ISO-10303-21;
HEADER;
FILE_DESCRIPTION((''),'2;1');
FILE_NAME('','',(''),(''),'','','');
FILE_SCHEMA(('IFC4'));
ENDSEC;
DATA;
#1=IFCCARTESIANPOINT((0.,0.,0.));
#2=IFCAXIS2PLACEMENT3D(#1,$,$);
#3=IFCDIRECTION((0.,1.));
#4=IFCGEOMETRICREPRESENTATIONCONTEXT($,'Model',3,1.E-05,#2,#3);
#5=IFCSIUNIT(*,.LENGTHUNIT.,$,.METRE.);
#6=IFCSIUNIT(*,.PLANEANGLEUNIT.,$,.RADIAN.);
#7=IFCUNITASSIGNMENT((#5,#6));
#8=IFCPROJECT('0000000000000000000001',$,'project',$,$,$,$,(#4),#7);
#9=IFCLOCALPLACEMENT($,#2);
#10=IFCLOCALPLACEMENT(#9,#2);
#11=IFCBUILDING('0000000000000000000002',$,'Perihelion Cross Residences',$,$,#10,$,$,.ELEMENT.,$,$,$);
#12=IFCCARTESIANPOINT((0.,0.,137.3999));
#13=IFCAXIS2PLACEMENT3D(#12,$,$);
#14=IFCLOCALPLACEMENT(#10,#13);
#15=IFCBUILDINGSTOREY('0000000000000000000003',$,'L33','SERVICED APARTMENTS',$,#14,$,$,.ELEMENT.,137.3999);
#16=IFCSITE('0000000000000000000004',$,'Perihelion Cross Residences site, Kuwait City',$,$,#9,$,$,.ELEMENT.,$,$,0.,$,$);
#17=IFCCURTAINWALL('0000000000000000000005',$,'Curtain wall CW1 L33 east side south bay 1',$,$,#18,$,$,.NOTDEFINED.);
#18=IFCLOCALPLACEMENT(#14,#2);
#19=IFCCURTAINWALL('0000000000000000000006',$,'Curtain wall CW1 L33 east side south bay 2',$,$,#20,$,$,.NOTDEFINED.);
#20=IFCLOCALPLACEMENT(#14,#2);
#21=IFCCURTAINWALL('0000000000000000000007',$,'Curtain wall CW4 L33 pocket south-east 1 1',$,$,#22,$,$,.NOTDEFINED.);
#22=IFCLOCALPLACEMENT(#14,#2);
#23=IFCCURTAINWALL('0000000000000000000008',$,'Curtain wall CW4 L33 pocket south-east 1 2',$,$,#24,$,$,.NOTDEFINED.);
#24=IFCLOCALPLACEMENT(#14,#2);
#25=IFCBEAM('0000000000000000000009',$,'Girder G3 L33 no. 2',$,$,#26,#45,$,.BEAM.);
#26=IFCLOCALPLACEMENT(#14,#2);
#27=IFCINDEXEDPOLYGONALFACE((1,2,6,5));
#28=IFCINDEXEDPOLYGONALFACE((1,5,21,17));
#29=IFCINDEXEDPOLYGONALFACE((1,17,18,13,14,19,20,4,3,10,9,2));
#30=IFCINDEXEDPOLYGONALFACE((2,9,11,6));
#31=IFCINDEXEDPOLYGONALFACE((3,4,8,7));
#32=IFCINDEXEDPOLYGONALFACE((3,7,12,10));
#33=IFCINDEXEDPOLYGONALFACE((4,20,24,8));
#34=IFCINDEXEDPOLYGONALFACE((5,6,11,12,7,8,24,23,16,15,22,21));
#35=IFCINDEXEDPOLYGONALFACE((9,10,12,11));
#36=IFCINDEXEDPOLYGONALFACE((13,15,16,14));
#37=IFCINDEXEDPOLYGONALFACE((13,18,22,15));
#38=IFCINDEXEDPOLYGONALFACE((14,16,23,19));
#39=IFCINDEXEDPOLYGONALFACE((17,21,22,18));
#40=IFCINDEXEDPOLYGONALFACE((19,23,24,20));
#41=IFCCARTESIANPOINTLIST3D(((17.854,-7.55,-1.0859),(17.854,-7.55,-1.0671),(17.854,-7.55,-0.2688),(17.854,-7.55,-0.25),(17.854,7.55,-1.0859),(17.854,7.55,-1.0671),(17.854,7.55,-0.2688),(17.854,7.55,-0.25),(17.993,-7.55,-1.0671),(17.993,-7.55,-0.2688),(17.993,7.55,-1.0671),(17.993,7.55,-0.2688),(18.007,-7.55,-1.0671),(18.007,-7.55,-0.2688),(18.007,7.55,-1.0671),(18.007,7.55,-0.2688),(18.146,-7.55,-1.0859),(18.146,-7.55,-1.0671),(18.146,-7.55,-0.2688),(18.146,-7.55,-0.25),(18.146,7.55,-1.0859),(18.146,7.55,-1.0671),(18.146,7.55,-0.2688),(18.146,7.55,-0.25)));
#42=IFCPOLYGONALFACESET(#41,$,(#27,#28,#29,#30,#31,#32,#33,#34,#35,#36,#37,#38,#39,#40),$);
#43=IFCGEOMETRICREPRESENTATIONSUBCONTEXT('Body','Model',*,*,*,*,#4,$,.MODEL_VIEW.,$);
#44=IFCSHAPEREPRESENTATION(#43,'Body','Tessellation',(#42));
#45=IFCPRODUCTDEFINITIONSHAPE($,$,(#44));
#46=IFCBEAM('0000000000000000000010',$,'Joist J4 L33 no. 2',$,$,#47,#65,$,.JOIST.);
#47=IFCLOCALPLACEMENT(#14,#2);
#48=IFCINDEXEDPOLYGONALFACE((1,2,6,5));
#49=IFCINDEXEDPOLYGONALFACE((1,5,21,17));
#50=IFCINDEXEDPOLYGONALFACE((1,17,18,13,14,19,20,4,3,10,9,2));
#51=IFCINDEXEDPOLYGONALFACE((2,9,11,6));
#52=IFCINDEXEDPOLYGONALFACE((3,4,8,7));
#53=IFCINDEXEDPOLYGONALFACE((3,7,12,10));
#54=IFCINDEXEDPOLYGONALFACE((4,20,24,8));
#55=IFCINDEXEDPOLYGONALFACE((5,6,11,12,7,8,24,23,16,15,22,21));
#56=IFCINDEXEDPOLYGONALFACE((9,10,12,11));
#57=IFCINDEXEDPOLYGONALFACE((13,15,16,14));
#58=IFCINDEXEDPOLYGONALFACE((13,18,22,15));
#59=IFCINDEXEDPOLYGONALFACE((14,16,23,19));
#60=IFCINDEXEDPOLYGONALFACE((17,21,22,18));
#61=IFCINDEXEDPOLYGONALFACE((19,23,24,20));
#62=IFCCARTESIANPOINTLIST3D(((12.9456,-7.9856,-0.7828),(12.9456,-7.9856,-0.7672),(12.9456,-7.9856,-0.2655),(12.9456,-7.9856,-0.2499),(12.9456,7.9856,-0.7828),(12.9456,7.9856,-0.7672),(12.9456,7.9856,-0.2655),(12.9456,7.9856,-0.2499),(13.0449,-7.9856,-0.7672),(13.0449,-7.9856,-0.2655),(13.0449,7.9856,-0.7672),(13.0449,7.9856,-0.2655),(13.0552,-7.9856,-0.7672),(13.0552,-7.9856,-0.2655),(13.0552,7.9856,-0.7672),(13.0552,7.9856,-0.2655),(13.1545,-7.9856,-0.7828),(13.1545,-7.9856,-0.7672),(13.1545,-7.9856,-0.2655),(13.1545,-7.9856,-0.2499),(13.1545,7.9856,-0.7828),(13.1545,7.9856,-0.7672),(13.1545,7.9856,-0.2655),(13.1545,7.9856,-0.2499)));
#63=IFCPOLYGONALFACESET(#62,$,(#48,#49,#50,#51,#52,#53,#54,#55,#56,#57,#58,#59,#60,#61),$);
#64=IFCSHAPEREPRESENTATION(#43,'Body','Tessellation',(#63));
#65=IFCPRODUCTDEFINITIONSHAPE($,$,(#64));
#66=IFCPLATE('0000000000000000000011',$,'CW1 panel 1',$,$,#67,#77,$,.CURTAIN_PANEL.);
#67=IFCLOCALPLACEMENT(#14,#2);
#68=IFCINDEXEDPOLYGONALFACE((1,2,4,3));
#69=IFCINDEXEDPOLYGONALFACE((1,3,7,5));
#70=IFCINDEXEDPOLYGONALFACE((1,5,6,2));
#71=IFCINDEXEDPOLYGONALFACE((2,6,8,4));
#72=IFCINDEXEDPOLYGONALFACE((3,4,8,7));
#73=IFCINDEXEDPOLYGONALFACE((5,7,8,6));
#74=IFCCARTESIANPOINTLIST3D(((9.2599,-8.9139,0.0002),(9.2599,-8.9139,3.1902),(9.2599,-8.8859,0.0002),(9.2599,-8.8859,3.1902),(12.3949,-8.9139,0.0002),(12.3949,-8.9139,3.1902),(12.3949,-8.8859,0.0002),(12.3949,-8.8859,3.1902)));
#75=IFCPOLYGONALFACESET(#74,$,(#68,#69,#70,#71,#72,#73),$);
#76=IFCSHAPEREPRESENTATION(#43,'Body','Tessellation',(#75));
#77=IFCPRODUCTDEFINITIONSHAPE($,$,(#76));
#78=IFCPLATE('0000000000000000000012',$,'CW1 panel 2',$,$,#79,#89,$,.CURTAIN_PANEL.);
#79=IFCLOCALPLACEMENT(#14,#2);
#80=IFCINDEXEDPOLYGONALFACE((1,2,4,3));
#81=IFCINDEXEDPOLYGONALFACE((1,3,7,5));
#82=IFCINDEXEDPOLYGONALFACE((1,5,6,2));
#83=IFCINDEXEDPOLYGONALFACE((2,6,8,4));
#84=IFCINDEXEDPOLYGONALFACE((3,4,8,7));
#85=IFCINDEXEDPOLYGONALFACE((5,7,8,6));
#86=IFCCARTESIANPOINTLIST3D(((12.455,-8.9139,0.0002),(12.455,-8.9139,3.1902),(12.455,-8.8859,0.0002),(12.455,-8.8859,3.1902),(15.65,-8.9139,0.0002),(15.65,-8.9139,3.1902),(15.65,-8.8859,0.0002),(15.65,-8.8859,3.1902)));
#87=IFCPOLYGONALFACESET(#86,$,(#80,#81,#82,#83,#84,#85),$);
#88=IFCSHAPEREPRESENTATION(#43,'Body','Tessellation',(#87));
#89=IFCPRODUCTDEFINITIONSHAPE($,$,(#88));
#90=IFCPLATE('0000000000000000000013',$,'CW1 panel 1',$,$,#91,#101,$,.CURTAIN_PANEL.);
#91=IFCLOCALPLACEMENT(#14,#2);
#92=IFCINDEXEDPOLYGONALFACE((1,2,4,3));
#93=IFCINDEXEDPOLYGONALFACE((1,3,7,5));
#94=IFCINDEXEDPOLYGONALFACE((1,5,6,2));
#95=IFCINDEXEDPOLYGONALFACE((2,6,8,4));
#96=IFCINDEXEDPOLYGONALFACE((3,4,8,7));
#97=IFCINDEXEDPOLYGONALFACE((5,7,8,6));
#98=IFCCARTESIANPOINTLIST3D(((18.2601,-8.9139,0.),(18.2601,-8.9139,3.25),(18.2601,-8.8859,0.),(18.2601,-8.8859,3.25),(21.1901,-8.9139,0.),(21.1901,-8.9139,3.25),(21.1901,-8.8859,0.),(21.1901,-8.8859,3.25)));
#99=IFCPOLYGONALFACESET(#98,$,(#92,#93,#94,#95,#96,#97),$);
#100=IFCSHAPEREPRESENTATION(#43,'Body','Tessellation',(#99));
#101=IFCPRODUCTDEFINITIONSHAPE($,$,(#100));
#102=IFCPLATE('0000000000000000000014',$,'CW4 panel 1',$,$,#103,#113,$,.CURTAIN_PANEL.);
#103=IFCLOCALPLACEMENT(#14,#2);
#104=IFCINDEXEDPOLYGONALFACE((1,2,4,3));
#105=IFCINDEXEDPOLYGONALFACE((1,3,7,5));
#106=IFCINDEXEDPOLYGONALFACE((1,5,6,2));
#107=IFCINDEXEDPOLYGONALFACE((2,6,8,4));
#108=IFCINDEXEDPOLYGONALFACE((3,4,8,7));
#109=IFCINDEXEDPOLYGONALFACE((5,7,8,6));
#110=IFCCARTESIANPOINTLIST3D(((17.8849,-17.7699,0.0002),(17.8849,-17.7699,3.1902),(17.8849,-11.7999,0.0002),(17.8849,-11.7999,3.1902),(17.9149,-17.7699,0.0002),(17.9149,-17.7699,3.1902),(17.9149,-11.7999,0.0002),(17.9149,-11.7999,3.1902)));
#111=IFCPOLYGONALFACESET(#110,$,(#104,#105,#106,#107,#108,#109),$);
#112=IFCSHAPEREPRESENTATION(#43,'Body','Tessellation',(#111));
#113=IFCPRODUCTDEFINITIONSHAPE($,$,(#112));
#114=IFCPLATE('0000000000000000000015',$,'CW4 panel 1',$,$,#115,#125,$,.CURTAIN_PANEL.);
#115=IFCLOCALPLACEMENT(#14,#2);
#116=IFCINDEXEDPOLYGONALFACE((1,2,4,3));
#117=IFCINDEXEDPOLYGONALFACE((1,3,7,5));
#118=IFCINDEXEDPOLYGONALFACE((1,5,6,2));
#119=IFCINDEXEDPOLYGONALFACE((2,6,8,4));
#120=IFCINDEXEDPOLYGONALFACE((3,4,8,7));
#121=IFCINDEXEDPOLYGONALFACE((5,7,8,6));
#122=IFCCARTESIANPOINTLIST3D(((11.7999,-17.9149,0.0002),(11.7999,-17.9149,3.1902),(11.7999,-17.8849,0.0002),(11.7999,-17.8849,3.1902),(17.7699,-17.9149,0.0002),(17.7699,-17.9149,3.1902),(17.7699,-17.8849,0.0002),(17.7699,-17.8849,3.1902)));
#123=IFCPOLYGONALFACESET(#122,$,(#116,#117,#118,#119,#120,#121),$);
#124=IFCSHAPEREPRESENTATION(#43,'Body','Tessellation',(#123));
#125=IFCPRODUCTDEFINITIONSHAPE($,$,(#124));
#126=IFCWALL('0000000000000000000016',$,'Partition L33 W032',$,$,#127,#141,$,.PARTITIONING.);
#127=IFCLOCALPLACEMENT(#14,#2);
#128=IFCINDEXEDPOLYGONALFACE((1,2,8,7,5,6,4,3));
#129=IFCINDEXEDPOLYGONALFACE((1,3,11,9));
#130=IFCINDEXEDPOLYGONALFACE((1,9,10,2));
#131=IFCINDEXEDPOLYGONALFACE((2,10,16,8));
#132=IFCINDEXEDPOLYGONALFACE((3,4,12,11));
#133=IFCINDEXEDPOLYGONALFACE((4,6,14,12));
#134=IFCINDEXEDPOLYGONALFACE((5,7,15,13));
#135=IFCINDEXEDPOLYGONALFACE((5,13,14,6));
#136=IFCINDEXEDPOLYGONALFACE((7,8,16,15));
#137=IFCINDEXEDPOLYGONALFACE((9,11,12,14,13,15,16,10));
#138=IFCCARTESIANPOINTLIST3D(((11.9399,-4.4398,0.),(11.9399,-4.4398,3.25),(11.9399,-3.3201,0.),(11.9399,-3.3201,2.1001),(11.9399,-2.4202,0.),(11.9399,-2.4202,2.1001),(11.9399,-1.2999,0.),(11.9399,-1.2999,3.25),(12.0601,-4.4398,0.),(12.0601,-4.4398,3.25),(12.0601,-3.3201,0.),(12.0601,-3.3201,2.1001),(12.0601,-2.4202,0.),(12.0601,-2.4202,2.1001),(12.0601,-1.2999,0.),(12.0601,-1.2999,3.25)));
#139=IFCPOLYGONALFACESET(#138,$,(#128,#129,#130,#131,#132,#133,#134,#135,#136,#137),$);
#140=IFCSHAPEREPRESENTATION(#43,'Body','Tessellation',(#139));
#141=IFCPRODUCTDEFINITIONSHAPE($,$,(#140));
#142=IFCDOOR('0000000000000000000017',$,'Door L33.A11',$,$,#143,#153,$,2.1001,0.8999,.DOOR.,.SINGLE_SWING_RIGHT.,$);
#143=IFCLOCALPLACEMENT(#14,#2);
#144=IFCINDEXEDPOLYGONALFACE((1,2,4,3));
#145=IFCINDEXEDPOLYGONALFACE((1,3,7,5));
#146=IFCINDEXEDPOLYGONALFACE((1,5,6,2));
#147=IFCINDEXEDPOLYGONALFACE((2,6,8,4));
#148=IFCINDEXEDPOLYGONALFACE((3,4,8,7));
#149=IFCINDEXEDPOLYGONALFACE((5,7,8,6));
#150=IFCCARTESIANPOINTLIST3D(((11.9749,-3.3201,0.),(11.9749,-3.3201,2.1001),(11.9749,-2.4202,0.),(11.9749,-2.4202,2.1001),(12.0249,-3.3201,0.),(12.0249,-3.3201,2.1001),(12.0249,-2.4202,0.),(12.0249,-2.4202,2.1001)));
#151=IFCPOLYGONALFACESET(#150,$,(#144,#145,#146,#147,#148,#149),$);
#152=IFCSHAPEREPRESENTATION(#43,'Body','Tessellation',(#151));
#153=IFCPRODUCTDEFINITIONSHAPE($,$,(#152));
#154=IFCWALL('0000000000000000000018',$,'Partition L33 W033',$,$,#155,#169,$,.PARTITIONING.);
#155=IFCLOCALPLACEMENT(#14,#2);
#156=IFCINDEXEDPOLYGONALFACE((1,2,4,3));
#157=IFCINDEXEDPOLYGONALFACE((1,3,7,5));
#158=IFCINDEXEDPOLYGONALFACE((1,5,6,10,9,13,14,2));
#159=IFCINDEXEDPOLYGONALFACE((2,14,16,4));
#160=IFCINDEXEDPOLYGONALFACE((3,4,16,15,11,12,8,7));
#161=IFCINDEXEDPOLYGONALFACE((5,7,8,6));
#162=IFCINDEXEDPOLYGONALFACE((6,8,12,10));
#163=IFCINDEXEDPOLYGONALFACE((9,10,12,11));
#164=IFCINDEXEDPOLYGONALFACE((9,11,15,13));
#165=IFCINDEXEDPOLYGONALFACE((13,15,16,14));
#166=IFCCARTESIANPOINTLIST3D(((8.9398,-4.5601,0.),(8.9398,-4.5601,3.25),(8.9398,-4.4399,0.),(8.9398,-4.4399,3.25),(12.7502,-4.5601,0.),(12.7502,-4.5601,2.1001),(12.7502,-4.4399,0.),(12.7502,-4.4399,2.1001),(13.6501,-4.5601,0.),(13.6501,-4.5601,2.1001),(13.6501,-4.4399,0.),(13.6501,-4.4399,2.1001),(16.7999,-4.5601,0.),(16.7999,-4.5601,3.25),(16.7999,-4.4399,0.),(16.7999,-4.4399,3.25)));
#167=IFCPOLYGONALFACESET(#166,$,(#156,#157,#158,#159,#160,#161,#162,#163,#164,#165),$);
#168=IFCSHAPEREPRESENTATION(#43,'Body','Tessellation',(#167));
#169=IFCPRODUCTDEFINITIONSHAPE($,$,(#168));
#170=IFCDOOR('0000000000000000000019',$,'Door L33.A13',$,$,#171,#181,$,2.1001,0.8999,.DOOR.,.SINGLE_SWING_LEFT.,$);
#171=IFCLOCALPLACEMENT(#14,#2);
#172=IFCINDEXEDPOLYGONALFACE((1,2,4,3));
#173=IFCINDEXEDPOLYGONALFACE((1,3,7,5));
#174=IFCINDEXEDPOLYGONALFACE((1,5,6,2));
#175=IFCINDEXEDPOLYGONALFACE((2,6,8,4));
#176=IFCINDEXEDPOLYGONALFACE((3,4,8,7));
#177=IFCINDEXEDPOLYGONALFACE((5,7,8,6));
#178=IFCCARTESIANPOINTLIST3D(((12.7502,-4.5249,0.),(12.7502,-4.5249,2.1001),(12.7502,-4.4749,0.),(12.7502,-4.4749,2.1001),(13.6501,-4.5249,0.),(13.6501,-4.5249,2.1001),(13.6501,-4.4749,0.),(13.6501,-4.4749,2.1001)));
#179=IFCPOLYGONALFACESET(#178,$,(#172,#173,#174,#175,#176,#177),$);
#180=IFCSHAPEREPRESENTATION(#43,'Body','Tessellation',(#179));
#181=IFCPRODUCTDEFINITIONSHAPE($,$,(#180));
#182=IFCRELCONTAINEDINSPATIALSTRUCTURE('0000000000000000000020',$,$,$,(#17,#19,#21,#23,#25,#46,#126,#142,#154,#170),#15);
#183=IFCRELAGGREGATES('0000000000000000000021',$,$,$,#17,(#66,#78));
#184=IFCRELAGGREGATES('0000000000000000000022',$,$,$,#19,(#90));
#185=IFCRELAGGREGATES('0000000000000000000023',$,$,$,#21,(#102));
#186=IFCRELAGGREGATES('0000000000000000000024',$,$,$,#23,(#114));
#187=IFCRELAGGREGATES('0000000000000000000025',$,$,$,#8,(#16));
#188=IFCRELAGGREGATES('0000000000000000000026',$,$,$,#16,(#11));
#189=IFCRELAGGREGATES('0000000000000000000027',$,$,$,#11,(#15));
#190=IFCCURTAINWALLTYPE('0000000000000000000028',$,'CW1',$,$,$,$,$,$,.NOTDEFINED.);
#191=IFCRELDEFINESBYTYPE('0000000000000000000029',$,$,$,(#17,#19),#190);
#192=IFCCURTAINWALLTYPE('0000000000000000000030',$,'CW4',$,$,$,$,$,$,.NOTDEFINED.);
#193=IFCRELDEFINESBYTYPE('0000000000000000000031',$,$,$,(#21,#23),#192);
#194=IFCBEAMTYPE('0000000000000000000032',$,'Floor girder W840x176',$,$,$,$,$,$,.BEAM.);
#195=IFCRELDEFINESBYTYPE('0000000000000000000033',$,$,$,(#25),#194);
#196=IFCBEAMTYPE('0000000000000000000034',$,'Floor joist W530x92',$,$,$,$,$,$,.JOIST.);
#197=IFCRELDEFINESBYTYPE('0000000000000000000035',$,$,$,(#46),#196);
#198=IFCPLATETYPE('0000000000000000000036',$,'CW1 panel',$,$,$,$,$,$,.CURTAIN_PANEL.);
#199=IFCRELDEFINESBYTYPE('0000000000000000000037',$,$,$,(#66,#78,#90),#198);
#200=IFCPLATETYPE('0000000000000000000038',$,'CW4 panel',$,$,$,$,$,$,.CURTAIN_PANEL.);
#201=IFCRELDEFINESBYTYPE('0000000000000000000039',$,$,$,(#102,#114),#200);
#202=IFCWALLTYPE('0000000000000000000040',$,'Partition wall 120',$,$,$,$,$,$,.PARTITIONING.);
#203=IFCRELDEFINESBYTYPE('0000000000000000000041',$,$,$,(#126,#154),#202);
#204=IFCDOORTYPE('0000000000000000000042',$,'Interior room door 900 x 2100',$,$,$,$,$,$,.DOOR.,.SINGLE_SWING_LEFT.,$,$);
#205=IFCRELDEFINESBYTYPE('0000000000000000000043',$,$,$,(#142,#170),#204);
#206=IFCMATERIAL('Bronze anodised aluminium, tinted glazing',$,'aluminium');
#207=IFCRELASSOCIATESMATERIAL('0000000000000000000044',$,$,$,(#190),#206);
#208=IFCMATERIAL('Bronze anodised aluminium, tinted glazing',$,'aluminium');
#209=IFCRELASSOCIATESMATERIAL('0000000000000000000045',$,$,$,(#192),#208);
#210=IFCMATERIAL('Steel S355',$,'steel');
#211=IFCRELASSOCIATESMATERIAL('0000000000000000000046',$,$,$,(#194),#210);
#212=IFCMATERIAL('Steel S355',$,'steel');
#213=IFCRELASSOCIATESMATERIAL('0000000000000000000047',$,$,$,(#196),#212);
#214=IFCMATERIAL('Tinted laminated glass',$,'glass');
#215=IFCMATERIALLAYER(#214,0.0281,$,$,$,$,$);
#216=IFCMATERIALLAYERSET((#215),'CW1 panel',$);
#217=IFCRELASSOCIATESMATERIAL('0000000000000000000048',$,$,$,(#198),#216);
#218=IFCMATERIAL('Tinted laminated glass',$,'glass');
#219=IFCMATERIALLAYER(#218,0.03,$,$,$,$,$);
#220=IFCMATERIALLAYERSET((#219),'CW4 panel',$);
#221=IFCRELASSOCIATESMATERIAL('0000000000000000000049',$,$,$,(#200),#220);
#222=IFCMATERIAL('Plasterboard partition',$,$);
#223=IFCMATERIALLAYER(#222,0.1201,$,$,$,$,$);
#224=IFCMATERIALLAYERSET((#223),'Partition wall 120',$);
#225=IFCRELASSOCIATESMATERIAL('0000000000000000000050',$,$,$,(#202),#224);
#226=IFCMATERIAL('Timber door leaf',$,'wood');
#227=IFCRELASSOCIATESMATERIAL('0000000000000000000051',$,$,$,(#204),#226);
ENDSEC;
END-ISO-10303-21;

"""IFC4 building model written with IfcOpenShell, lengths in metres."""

from ifc_helpers import new_model, si_unit, direction, frame, frame_2d, origin, origin_2d, place, context, subcontext, project, spatial, rectangle, i_section, extrude, material, layer, layer_set, material_profile, profile_set, type_object, element, fill, aggregate, save


model = new_model("IFC4")

# Units and contexts
model_context = context("Model", 3, precision=1e-05, world=origin(), true_north=direction((0.0, 1.0)))
body_context = subcontext(model_context, "Body", "Model", "MODEL_VIEW")
ifc_project = project(units=[si_unit("LENGTHUNIT", "METRE"), si_unit("PLANEANGLEUNIT", "RADIAN")], contexts=[model_context])

# Site, building, storey
site_placement = place(None, origin())
site = spatial("IfcSite", under=ifc_project, at=site_placement, Name="Perihelion Cross Residences site, Kuwait City", CompositionType="ELEMENT", RefElevation=0.0)
building_placement = place(site_placement, origin())
building = spatial("IfcBuilding", under=site, at=building_placement, Name="Perihelion Cross Residences", CompositionType="ELEMENT")
storey_placement = place(building_placement, frame((0.0, 0.0, 137.3999)))
storey = spatial("IfcBuildingStorey", under=building, at=storey_placement, Name="L33", Description="SERVICED APARTMENTS", CompositionType="ELEMENT", Elevation=137.3999)

# Curtain walls
ifc_material_1 = material(Name="Bronze anodised aluminium, tinted glazing", Category="aluminium")
curtain_wall_type_1 = type_object("IfcCurtainWallType", Name="CW1", PredefinedType="NOTDEFINED", material=ifc_material_1)
curtain_wall_1_placement = place(storey_placement, origin())
curtain_wall_1 = element("IfcCurtainWall", 1, at=curtain_wall_1_placement, inside=storey, type_object=curtain_wall_type_1, Name="Curtain wall CW1 L33 east side south bay 1", PredefinedType="NOTDEFINED")
curtain_wall_2_placement = place(storey_placement, origin())
curtain_wall_2 = element("IfcCurtainWall", 2, at=curtain_wall_2_placement, inside=storey, type_object=curtain_wall_type_1, Name="Curtain wall CW1 L33 east side south bay 2", PredefinedType="NOTDEFINED")

# Curtain walls
ifc_material_2 = material(Name="Bronze anodised aluminium, tinted glazing", Category="aluminium")
curtain_wall_type_2 = type_object("IfcCurtainWallType", Name="CW4", PredefinedType="NOTDEFINED", material=ifc_material_2)
curtain_wall_3_placement = place(storey_placement, origin())
curtain_wall_3 = element("IfcCurtainWall", 3, at=curtain_wall_3_placement, inside=storey, type_object=curtain_wall_type_2, Name="Curtain wall CW4 L33 pocket south-east 1 1", PredefinedType="NOTDEFINED")
curtain_wall_4_placement = place(storey_placement, origin())
curtain_wall_4 = element("IfcCurtainWall", 4, at=curtain_wall_4_placement, inside=storey, type_object=curtain_wall_type_2, Name="Curtain wall CW4 L33 pocket south-east 1 2", PredefinedType="NOTDEFINED")

# Beams
ifc_material_3 = material(Name="Steel S355", Category="steel")
ifc_material_profile_1 = material_profile(ifc_material_3, i_section(OverallWidth=0.292, OverallDepth=0.8359, WebThickness=0.0139, FlangeThickness=0.0188, at=origin_2d()), Name="W840x176")
ifc_profile_set_1 = profile_set([ifc_material_profile_1], Name="Steel S355")
beam_type_1 = type_object("IfcBeamType", Name="Floor girder W840x176", PredefinedType="BEAM", material=ifc_profile_set_1)
beam_1_placement = place(storey_placement, frame((18.0, -7.55, -0.668), z_axis=(0.0, 1.0, 0.0), x_axis=(-1.0, 0.0, 0.0)))
element("IfcBeam", 5, at=beam_1_placement, inside=storey, type_object=beam_type_1, Name="Girder G3 L33 no. 2", PredefinedType="BEAM", context=body_context, shape_type="SweptSolid", body=[
    extrude(i_section(OverallWidth=0.292, OverallDepth=0.8359, WebThickness=0.0139, FlangeThickness=0.0188, at=origin_2d()), origin(), (0.0, 0.0, 1.0), 15.1001),
])
ifc_material_4 = material(Name="Steel S355", Category="steel")
ifc_material_profile_2 = material_profile(ifc_material_4, i_section(OverallWidth=0.209, OverallDepth=0.533, WebThickness=0.0103, FlangeThickness=0.0156, at=origin_2d()), Name="W530x92")
ifc_profile_set_2 = profile_set([ifc_material_profile_2], Name="Steel S355")
beam_type_2 = type_object("IfcBeamType", Name="Floor joist W530x92", PredefinedType="JOIST", material=ifc_profile_set_2)
beam_2_placement = place(storey_placement, frame((13.05, -7.9856, -0.5164), z_axis=(0.0, 1.0, 0.0), x_axis=(-1.0, 0.0, 0.0)))
element("IfcBeam", 6, at=beam_2_placement, inside=storey, type_object=beam_type_2, Name="Joist J4 L33 no. 2", PredefinedType="JOIST", context=body_context, shape_type="SweptSolid", body=[
    extrude(i_section(OverallWidth=0.209, OverallDepth=0.533, WebThickness=0.0103, FlangeThickness=0.0156, at=origin_2d()), origin(), (0.0, 0.0, 1.0), 15.9712),
])

# Plates
ifc_material_5 = material(Name="Tinted laminated glass", Category="glass")
ifc_layer_1 = layer(ifc_material_5, 0.0281)
ifc_layer_set_1 = layer_set([ifc_layer_1], Name="CW1 panel")
plate_type_1 = type_object("IfcPlateType", Name="CW1 panel", PredefinedType="CURTAIN_PANEL", material=ifc_layer_set_1)
plate_1_placement = place(storey_placement, frame((10.8274, -8.8999, 0.0002), z_axis=(0.0, 0.0, 1.0), x_axis=(1.0, 0.0, 0.0)))
plate_1 = element("IfcPlate", 7, at=plate_1_placement, type_object=plate_type_1, Name="CW1 panel 1", PredefinedType="CURTAIN_PANEL", context=body_context, shape_type="SweptSolid", body=[
    extrude(rectangle(XDim=3.135, YDim=0.0281, at=origin_2d()), origin(), (0.0, 0.0, 1.0), 3.1899),
])
plate_2_placement = place(storey_placement, frame((14.0525, -8.8999, 0.0002), z_axis=(0.0, 0.0, 1.0), x_axis=(1.0, 0.0, 0.0)))
plate_2 = element("IfcPlate", 8, at=plate_2_placement, type_object=plate_type_1, Name="CW1 panel 2", PredefinedType="CURTAIN_PANEL", context=body_context, shape_type="SweptSolid", body=[
    extrude(rectangle(XDim=3.1951, YDim=0.0281, at=origin_2d()), origin(), (0.0, 0.0, 1.0), 3.1899),
])
aggregate(curtain_wall_1, [plate_1, plate_2])
plate_3_placement = place(storey_placement, frame((19.7251, -8.8999, 0.0), z_axis=(0.0, 0.0, 1.0), x_axis=(1.0, 0.0, 0.0)))
plate_3 = element("IfcPlate", 9, at=plate_3_placement, type_object=plate_type_1, Name="CW1 panel 1", PredefinedType="CURTAIN_PANEL", context=body_context, shape_type="SweptSolid", body=[
    extrude(rectangle(XDim=2.9299, YDim=0.0281, at=origin_2d()), origin(), (0.0, 0.0, 1.0), 3.25),
])
aggregate(curtain_wall_2, [plate_3])
ifc_material_6 = material(Name="Tinted laminated glass", Category="glass")
ifc_layer_2 = layer(ifc_material_6, 0.03)
ifc_layer_set_2 = layer_set([ifc_layer_2], Name="CW4 panel")
plate_type_2 = type_object("IfcPlateType", Name="CW4 panel", PredefinedType="CURTAIN_PANEL", material=ifc_layer_set_2)
plate_4_placement = place(storey_placement, frame((17.8999, -14.7849, 0.0002), z_axis=(0.0, 0.0, 1.0), x_axis=(0.0, -1.0, 0.0)))
plate_4 = element("IfcPlate", 10, at=plate_4_placement, type_object=plate_type_2, Name="CW4 panel 1", PredefinedType="CURTAIN_PANEL", context=body_context, shape_type="SweptSolid", body=[
    extrude(rectangle(XDim=5.97, YDim=0.03, at=origin_2d()), origin(), (0.0, 0.0, 1.0), 3.1899),
])
aggregate(curtain_wall_3, [plate_4])
plate_5_placement = place(storey_placement, frame((14.7849, -17.8999, 0.0002), z_axis=(0.0, 0.0, 1.0), x_axis=(-1.0, 0.0, 0.0)))
plate_5 = element("IfcPlate", 11, at=plate_5_placement, type_object=plate_type_2, Name="CW4 panel 1", PredefinedType="CURTAIN_PANEL", context=body_context, shape_type="SweptSolid", body=[
    extrude(rectangle(XDim=5.97, YDim=0.03, at=origin_2d()), origin(), (0.0, 0.0, 1.0), 3.1899),
])
aggregate(curtain_wall_4, [plate_5])

# Walls, openings, doors
ifc_material_7 = material(Name="Plasterboard partition")
ifc_layer_3 = layer(ifc_material_7, 0.1201)
ifc_layer_set_3 = layer_set([ifc_layer_3], Name="Partition wall 120")
wall_type_1 = type_object("IfcWallType", Name="Partition wall 120", PredefinedType="PARTITIONING", material=ifc_layer_set_3)
wall_1_placement = place(storey_placement, frame((12.0, -1.3, 0.0), z_axis=(0.0, 0.0, 1.0), x_axis=(0.0, -1.0, 0.0)))
wall_1 = element("IfcWall", 12, at=wall_1_placement, inside=storey, type_object=wall_type_1, Name="Partition L33 W032", PredefinedType="PARTITIONING", context=body_context, shape_type="SweptSolid", body=[
    extrude(rectangle(XDim=3.1399, YDim=0.1201, at=frame_2d((1.5698, 0.0))), origin(), (0.0, 0.0, 1.0), 3.25),
])
opening_1_placement = place(wall_1_placement, frame((1.1201, 0.0, 0.0)))
opening_1 = element("IfcOpeningElement", 13, at=opening_1_placement, cuts=wall_1, PredefinedType="OPENING", context=body_context, shape_type="SweptSolid", body=[
    extrude(rectangle(XDim=0.8999, YDim=2.1001, at=frame_2d((0.45, 1.05))), frame((0.0, 0.0701, 0.0), z_axis=(0.0, -1.0, 0.0), x_axis=(1.0, 0.0, 0.0)), (0.0, 0.0, 1.0), 0.1401),
])
ifc_material_8 = material(Name="Timber door leaf", Category="wood")
door_type_1 = type_object("IfcDoorType", Name="Interior room door 900 x 2100", OperationType="SINGLE_SWING_LEFT", PredefinedType="DOOR", material=ifc_material_8)
door_1_placement = place(opening_1_placement, origin())
door_1 = element("IfcDoor", 14, at=door_1_placement, inside=storey, type_object=door_type_1, Name="Door L33.A11", OperationType="SINGLE_SWING_RIGHT", OverallHeight=2.1001, OverallWidth=0.8999, PredefinedType="DOOR", context=body_context, shape_type="SweptSolid", body=[
    extrude(rectangle(XDim=0.8999, YDim=2.1001, at=frame_2d((0.45, 1.05))), frame((0.0, 0.0249, 0.0), z_axis=(0.0, -1.0, 0.0), x_axis=(1.0, 0.0, 0.0)), (0.0, 0.0, 1.0), 0.05),
])
fill(opening_1, door_1)
wall_2_placement = place(storey_placement, frame((16.8, -4.5, 0.0), z_axis=(0.0, 0.0, 1.0), x_axis=(-1.0, 0.0, 0.0)))
wall_2 = element("IfcWall", 15, at=wall_2_placement, inside=storey, type_object=wall_type_1, Name="Partition L33 W033", PredefinedType="PARTITIONING", context=body_context, shape_type="SweptSolid", body=[
    extrude(rectangle(XDim=7.8601, YDim=0.1201, at=frame_2d((3.9302, 0.0))), origin(), (0.0, 0.0, 1.0), 3.25),
])
opening_2_placement = place(wall_2_placement, frame((3.1499, 0.0, 0.0)))
opening_2 = element("IfcOpeningElement", 16, at=opening_2_placement, cuts=wall_2, PredefinedType="OPENING", context=body_context, shape_type="SweptSolid", body=[
    extrude(rectangle(XDim=0.8999, YDim=2.1001, at=frame_2d((0.45, 1.05))), frame((0.0, 0.0701, 0.0), z_axis=(0.0, -1.0, 0.0), x_axis=(1.0, 0.0, 0.0)), (0.0, 0.0, 1.0), 0.1401),
])
door_2_placement = place(opening_2_placement, origin())
door_2 = element("IfcDoor", 17, at=door_2_placement, inside=storey, type_object=door_type_1, Name="Door L33.A13", OperationType="SINGLE_SWING_LEFT", OverallHeight=2.1001, OverallWidth=0.8999, PredefinedType="DOOR", context=body_context, shape_type="SweptSolid", body=[
    extrude(rectangle(XDim=0.8999, YDim=2.1001, at=frame_2d((0.45, 1.05))), frame((0.0, 0.0249, 0.0), z_axis=(0.0, -1.0, 0.0), x_axis=(1.0, 0.0, 0.0)), (0.0, 0.0, 1.0), 0.05),
])
fill(opening_2, door_2)

save(model, "model.ifc")
